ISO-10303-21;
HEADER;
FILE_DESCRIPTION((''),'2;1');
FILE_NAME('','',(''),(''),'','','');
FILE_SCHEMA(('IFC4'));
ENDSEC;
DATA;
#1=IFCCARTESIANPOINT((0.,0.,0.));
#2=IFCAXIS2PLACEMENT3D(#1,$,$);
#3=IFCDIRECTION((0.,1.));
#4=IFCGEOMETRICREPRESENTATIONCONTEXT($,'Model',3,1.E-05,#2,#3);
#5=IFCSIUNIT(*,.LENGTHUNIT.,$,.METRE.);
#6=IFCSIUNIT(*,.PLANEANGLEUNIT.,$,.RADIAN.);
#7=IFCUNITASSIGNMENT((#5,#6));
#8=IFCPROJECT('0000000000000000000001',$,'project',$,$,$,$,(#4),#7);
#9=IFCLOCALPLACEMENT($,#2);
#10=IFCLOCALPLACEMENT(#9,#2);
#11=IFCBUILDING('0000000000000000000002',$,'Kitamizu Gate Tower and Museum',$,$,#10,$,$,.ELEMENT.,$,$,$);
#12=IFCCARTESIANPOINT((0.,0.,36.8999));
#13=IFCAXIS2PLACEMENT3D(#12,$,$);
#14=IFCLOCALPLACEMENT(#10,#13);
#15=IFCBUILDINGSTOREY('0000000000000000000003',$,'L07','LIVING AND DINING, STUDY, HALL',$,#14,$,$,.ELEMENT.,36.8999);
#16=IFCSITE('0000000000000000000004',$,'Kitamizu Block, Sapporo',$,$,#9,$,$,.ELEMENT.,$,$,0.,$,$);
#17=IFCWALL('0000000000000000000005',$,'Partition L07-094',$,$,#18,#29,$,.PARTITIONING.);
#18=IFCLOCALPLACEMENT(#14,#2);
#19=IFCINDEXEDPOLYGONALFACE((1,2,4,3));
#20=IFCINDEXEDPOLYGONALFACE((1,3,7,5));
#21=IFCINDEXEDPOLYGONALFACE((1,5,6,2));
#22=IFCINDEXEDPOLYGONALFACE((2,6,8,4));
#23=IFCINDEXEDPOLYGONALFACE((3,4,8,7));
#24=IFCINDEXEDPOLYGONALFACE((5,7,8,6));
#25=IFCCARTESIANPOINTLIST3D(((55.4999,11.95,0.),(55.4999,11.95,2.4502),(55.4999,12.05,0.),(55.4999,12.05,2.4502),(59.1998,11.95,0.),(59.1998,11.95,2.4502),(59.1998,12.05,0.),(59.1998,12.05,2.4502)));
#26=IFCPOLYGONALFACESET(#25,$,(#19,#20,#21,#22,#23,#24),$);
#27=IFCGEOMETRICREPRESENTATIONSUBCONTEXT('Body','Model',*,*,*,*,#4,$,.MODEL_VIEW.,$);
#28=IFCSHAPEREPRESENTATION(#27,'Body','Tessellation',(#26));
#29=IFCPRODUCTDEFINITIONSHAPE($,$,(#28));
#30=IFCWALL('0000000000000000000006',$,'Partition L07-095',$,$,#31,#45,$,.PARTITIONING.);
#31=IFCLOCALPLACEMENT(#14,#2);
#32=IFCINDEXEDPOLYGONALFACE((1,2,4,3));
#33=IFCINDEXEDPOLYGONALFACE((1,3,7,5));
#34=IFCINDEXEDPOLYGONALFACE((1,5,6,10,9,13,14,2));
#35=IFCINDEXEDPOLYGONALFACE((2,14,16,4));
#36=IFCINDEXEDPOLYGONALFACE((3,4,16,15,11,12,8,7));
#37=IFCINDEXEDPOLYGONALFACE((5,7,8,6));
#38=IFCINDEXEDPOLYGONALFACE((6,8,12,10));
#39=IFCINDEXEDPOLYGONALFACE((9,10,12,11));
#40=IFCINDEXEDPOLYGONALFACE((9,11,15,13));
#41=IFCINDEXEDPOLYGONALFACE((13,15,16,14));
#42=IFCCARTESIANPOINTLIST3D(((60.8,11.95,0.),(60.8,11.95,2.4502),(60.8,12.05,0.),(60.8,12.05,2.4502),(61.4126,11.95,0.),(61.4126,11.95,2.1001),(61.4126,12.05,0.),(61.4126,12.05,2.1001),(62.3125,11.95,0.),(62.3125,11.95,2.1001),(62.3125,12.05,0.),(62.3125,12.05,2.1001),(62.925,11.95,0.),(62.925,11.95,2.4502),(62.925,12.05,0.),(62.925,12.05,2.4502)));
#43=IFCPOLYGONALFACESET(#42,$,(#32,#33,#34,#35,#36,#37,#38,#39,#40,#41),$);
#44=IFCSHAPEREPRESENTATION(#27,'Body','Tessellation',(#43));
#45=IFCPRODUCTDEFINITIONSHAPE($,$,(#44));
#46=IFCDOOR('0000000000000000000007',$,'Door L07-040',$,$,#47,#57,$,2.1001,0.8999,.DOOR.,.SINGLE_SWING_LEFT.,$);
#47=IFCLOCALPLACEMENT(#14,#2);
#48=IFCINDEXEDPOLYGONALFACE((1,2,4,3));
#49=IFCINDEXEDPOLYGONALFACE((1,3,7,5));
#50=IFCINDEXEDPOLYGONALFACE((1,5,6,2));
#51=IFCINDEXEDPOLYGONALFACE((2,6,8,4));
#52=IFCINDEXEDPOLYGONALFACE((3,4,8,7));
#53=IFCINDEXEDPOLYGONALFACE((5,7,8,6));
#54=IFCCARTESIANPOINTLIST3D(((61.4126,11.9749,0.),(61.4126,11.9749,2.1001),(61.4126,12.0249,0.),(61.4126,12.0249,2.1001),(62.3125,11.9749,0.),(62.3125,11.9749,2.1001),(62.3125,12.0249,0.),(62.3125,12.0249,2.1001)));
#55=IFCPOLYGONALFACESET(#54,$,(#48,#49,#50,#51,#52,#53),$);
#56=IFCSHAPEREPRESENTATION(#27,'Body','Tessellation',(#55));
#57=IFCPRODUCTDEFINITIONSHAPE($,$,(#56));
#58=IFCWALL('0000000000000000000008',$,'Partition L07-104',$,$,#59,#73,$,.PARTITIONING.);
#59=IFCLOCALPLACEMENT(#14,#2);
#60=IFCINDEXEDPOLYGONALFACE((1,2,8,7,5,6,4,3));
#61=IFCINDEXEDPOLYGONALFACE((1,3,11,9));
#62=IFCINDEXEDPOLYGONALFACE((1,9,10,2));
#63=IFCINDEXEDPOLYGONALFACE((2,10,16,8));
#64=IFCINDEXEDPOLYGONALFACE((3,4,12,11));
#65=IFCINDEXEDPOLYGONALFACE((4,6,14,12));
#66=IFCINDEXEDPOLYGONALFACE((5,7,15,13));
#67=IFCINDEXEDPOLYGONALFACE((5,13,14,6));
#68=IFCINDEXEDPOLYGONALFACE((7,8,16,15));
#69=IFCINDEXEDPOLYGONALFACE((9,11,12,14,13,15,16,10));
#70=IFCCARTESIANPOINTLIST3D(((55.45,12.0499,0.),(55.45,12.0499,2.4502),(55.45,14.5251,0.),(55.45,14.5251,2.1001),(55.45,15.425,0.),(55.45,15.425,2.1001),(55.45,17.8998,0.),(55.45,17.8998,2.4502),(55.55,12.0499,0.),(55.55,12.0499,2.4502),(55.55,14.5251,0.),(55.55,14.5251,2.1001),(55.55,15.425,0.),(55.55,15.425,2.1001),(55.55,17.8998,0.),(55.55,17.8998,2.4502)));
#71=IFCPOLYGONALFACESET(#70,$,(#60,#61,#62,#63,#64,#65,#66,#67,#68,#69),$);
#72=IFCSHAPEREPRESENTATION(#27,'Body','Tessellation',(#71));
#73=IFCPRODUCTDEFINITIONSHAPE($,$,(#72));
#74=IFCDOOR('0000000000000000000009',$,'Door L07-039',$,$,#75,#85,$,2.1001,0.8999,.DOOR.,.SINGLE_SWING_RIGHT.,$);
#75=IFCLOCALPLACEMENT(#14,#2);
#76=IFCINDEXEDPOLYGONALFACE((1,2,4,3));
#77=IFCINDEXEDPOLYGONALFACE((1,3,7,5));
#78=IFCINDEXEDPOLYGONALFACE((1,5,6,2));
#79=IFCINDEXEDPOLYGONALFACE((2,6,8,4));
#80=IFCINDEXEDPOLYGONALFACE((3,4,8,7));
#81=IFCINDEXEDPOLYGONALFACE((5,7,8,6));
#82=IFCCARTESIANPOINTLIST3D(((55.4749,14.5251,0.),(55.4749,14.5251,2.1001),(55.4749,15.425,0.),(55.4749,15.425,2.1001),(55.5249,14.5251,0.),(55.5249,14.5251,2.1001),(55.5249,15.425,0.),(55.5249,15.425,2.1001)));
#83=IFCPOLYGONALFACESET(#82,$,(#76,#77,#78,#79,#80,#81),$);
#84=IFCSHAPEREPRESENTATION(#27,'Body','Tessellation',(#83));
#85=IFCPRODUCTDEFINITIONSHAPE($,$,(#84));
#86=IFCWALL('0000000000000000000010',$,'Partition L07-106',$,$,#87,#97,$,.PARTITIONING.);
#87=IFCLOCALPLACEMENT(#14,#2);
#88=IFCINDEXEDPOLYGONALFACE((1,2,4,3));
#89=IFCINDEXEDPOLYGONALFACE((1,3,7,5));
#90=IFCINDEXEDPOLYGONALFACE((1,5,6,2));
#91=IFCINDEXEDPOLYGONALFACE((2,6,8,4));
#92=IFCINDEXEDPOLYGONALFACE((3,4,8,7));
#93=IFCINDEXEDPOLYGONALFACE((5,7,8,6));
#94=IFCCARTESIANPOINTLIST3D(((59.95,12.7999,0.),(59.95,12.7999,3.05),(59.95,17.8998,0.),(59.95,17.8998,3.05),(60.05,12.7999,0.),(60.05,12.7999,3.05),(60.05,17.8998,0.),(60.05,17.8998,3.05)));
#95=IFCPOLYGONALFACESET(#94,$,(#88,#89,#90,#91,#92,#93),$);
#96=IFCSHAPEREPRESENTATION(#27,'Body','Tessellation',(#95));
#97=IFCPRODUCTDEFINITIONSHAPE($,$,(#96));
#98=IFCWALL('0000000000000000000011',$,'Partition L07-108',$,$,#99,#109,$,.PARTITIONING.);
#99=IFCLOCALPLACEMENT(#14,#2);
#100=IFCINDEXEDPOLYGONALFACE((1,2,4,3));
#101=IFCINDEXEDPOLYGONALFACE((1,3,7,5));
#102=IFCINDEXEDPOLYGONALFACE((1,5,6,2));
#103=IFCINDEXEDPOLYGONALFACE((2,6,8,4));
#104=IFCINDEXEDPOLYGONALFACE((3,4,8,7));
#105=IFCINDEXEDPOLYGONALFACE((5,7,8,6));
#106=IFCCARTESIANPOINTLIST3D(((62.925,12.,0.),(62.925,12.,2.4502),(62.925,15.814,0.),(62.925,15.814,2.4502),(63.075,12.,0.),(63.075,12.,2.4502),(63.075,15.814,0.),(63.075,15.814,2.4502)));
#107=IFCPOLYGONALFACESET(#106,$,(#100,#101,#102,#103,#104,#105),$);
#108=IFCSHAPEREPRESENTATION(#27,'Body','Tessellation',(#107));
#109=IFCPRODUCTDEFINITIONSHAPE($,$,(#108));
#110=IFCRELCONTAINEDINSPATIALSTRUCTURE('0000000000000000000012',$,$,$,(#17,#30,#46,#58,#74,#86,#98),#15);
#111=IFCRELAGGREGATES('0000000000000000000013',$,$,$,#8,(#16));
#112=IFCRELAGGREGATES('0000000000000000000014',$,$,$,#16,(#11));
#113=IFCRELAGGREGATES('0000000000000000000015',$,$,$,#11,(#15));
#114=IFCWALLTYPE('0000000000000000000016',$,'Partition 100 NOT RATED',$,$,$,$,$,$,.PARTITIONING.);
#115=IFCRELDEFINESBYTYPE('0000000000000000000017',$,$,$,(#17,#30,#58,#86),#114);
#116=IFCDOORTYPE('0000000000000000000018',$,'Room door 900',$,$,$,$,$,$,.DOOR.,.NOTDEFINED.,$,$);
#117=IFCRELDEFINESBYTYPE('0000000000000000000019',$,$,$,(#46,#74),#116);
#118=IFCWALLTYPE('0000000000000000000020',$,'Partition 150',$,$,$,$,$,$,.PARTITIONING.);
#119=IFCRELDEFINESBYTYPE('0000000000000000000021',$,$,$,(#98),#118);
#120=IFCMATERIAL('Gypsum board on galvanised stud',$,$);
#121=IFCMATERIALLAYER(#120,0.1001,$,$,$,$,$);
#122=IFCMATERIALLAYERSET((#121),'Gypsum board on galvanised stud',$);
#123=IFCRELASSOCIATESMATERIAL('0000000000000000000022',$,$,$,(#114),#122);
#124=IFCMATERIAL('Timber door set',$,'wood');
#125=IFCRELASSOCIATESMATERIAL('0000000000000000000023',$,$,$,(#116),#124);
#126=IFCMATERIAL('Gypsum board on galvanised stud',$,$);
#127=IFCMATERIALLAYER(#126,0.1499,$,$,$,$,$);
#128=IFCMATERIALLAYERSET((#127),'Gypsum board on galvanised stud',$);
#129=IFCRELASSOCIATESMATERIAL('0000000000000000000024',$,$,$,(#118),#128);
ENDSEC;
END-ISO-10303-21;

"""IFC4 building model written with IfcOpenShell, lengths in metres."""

from ifc_helpers import new_model, si_unit, direction, frame, frame_2d, origin, place, context, subcontext, project, spatial, rectangle, extrude, material, layer, layer_set, type_object, element, fill, save


model = new_model("IFC4")

# Units and contexts
model_context = context("Model", 3, precision=1e-05, world=origin(), true_north=direction((0.0, 1.0)))
body_context = subcontext(model_context, "Body", "Model", "MODEL_VIEW")
ifc_project = project(units=[si_unit("LENGTHUNIT", "METRE"), si_unit("PLANEANGLEUNIT", "RADIAN")], contexts=[model_context])

# Site, building, storey
site_placement = place(None, origin())
site = spatial("IfcSite", under=ifc_project, at=site_placement, Name="Kitamizu Block, Sapporo", CompositionType="ELEMENT", RefElevation=0.0)
building_placement = place(site_placement, origin())
building = spatial("IfcBuilding", under=site, at=building_placement, Name="Kitamizu Gate Tower and Museum", CompositionType="ELEMENT")
storey_placement = place(building_placement, frame((0.0, 0.0, 36.8999)))
storey = spatial("IfcBuildingStorey", under=building, at=storey_placement, Name="L07", Description="LIVING AND DINING, STUDY, HALL", CompositionType="ELEMENT", Elevation=36.8999)

# Shared definitions
ifc_material_1 = material(Name="Gypsum board on galvanised stud")
ifc_layer_1 = layer(ifc_material_1, 0.1001)
ifc_layer_set_1 = layer_set([ifc_layer_1], Name="Gypsum board on galvanised stud")
wall_type_1 = type_object("IfcWallType", Name="Partition 100 NOT RATED", PredefinedType="PARTITIONING", material=ifc_layer_set_1)
ifc_material_2 = material(Name="Timber door set", Category="wood")
door_type = type_object("IfcDoorType", Name="Room door 900", OperationType="NOTDEFINED", PredefinedType="DOOR", material=ifc_material_2)

# Wall
wall_1_placement = place(storey_placement, frame((59.2, 12.0, 0.0), z_axis=(0.0, 0.0, 1.0), x_axis=(-1.0, 0.0, 0.0)))
element("IfcWall", 1, at=wall_1_placement, inside=storey, type_object=wall_type_1, Name="Partition L07-094", PredefinedType="PARTITIONING", context=body_context, shape_type="SweptSolid", body=[
    extrude(rectangle(XDim=3.7, YDim=0.1001, at=frame_2d((1.8501, 0.0))), origin(), (0.0, 0.0, 1.0), 2.4502),
])

# Walls, openings, doors
wall_2_placement = place(storey_placement, frame((62.925, 12.0, 0.0), z_axis=(0.0, 0.0, 1.0), x_axis=(-1.0, 0.0, 0.0)))
wall_2 = element("IfcWall", 2, at=wall_2_placement, inside=storey, type_object=wall_type_1, Name="Partition L07-095", PredefinedType="PARTITIONING", context=body_context, shape_type="SweptSolid", body=[
    extrude(rectangle(XDim=2.125, YDim=0.1001, at=frame_2d((1.0625, 0.0))), origin(), (0.0, 0.0, 1.0), 2.4502),
])
opening_1_placement = place(wall_2_placement, frame((0.6125, 0.0, 0.0)))
opening_1 = element("IfcOpeningElement", 3, at=opening_1_placement, cuts=wall_2, PredefinedType="OPENING", context=body_context, shape_type="SweptSolid", body=[
    extrude(rectangle(XDim=0.8999, YDim=2.1001, at=frame_2d((0.45, 1.05))), frame((0.0, 0.0601, 0.0), z_axis=(0.0, -1.0, 0.0), x_axis=(1.0, 0.0, 0.0)), (0.0, 0.0, 1.0), 0.1201),
])
door_1_placement = place(opening_1_placement, frame((0.8999, 0.0, 0.0), x_axis=(-1.0, 0.0, 0.0)))
door_1 = element("IfcDoor", 4, at=door_1_placement, inside=storey, type_object=door_type, Name="Door L07-040", OperationType="SINGLE_SWING_LEFT", OverallHeight=2.1001, OverallWidth=0.8999, PredefinedType="DOOR", context=body_context, shape_type="SweptSolid", body=[
    extrude(rectangle(XDim=0.8999, YDim=2.1001, at=frame_2d((0.45, 1.05))), frame((0.0, 0.0249, 0.0), z_axis=(0.0, -1.0, 0.0), x_axis=(1.0, 0.0, 0.0)), (0.0, 0.0, 1.0), 0.05),
])
fill(opening_1, door_1)
wall_3_placement = place(storey_placement, frame((55.5, 12.05, 0.0), z_axis=(0.0, 0.0, 1.0), x_axis=(0.0, 1.0, 0.0)))
wall_3 = element("IfcWall", 5, at=wall_3_placement, inside=storey, type_object=wall_type_1, Name="Partition L07-104", PredefinedType="PARTITIONING", context=body_context, shape_type="SweptSolid", body=[
    extrude(rectangle(XDim=5.8499, YDim=0.1001, at=frame_2d((2.9248, 0.0))), origin(), (0.0, 0.0, 1.0), 2.4502),
])
opening_2_placement = place(wall_3_placement, frame((2.4751, 0.0, 0.0)))
opening_2 = element("IfcOpeningElement", 6, at=opening_2_placement, cuts=wall_3, PredefinedType="OPENING", context=body_context, shape_type="SweptSolid", body=[
    extrude(rectangle(XDim=0.8999, YDim=2.1001, at=frame_2d((0.45, 1.05))), frame((0.0, 0.0601, 0.0), z_axis=(0.0, -1.0, 0.0), x_axis=(1.0, 0.0, 0.0)), (0.0, 0.0, 1.0), 0.1201),
])
door_2_placement = place(opening_2_placement, frame((0.8999, 0.0, 0.0), x_axis=(-1.0, 0.0, 0.0)))
door_2 = element("IfcDoor", 7, at=door_2_placement, inside=storey, type_object=door_type, Name="Door L07-039", OperationType="SINGLE_SWING_RIGHT", OverallHeight=2.1001, OverallWidth=0.8999, PredefinedType="DOOR", context=body_context, shape_type="SweptSolid", body=[
    extrude(rectangle(XDim=0.8999, YDim=2.1001, at=frame_2d((0.45, 1.05))), frame((0.0, 0.0249, 0.0), z_axis=(0.0, -1.0, 0.0), x_axis=(1.0, 0.0, 0.0)), (0.0, 0.0, 1.0), 0.05),
])
fill(opening_2, door_2)

# Walls
wall_4_placement = place(storey_placement, frame((60.0, 12.8, 0.0), z_axis=(0.0, 0.0, 1.0), x_axis=(0.0, 1.0, 0.0)))
element("IfcWall", 8, at=wall_4_placement, inside=storey, type_object=wall_type_1, Name="Partition L07-106", PredefinedType="PARTITIONING", context=body_context, shape_type="SweptSolid", body=[
    extrude(rectangle(XDim=5.0999, YDim=0.1001, at=frame_2d((2.5498, 0.0))), origin(), (0.0, 0.0, 1.0), 3.05),
])
ifc_material_3 = material(Name="Gypsum board on galvanised stud")
ifc_layer_2 = layer(ifc_material_3, 0.1499)
ifc_layer_set_2 = layer_set([ifc_layer_2], Name="Gypsum board on galvanised stud")
wall_type_2 = type_object("IfcWallType", Name="Partition 150", PredefinedType="PARTITIONING", material=ifc_layer_set_2)
wall_5_placement = place(storey_placement, frame((63.0, 12.0, 0.0), z_axis=(0.0, 0.0, 1.0), x_axis=(0.0, 1.0, 0.0)))
element("IfcWall", 9, at=wall_5_placement, inside=storey, type_object=wall_type_2, Name="Partition L07-108", PredefinedType="PARTITIONING", context=body_context, shape_type="SweptSolid", body=[
    extrude(rectangle(XDim=3.814, YDim=0.1499, at=frame_2d((1.907, 0.0))), origin(), (0.0, 0.0, 1.0), 2.4502),
])

save(model, "model.ifc")
